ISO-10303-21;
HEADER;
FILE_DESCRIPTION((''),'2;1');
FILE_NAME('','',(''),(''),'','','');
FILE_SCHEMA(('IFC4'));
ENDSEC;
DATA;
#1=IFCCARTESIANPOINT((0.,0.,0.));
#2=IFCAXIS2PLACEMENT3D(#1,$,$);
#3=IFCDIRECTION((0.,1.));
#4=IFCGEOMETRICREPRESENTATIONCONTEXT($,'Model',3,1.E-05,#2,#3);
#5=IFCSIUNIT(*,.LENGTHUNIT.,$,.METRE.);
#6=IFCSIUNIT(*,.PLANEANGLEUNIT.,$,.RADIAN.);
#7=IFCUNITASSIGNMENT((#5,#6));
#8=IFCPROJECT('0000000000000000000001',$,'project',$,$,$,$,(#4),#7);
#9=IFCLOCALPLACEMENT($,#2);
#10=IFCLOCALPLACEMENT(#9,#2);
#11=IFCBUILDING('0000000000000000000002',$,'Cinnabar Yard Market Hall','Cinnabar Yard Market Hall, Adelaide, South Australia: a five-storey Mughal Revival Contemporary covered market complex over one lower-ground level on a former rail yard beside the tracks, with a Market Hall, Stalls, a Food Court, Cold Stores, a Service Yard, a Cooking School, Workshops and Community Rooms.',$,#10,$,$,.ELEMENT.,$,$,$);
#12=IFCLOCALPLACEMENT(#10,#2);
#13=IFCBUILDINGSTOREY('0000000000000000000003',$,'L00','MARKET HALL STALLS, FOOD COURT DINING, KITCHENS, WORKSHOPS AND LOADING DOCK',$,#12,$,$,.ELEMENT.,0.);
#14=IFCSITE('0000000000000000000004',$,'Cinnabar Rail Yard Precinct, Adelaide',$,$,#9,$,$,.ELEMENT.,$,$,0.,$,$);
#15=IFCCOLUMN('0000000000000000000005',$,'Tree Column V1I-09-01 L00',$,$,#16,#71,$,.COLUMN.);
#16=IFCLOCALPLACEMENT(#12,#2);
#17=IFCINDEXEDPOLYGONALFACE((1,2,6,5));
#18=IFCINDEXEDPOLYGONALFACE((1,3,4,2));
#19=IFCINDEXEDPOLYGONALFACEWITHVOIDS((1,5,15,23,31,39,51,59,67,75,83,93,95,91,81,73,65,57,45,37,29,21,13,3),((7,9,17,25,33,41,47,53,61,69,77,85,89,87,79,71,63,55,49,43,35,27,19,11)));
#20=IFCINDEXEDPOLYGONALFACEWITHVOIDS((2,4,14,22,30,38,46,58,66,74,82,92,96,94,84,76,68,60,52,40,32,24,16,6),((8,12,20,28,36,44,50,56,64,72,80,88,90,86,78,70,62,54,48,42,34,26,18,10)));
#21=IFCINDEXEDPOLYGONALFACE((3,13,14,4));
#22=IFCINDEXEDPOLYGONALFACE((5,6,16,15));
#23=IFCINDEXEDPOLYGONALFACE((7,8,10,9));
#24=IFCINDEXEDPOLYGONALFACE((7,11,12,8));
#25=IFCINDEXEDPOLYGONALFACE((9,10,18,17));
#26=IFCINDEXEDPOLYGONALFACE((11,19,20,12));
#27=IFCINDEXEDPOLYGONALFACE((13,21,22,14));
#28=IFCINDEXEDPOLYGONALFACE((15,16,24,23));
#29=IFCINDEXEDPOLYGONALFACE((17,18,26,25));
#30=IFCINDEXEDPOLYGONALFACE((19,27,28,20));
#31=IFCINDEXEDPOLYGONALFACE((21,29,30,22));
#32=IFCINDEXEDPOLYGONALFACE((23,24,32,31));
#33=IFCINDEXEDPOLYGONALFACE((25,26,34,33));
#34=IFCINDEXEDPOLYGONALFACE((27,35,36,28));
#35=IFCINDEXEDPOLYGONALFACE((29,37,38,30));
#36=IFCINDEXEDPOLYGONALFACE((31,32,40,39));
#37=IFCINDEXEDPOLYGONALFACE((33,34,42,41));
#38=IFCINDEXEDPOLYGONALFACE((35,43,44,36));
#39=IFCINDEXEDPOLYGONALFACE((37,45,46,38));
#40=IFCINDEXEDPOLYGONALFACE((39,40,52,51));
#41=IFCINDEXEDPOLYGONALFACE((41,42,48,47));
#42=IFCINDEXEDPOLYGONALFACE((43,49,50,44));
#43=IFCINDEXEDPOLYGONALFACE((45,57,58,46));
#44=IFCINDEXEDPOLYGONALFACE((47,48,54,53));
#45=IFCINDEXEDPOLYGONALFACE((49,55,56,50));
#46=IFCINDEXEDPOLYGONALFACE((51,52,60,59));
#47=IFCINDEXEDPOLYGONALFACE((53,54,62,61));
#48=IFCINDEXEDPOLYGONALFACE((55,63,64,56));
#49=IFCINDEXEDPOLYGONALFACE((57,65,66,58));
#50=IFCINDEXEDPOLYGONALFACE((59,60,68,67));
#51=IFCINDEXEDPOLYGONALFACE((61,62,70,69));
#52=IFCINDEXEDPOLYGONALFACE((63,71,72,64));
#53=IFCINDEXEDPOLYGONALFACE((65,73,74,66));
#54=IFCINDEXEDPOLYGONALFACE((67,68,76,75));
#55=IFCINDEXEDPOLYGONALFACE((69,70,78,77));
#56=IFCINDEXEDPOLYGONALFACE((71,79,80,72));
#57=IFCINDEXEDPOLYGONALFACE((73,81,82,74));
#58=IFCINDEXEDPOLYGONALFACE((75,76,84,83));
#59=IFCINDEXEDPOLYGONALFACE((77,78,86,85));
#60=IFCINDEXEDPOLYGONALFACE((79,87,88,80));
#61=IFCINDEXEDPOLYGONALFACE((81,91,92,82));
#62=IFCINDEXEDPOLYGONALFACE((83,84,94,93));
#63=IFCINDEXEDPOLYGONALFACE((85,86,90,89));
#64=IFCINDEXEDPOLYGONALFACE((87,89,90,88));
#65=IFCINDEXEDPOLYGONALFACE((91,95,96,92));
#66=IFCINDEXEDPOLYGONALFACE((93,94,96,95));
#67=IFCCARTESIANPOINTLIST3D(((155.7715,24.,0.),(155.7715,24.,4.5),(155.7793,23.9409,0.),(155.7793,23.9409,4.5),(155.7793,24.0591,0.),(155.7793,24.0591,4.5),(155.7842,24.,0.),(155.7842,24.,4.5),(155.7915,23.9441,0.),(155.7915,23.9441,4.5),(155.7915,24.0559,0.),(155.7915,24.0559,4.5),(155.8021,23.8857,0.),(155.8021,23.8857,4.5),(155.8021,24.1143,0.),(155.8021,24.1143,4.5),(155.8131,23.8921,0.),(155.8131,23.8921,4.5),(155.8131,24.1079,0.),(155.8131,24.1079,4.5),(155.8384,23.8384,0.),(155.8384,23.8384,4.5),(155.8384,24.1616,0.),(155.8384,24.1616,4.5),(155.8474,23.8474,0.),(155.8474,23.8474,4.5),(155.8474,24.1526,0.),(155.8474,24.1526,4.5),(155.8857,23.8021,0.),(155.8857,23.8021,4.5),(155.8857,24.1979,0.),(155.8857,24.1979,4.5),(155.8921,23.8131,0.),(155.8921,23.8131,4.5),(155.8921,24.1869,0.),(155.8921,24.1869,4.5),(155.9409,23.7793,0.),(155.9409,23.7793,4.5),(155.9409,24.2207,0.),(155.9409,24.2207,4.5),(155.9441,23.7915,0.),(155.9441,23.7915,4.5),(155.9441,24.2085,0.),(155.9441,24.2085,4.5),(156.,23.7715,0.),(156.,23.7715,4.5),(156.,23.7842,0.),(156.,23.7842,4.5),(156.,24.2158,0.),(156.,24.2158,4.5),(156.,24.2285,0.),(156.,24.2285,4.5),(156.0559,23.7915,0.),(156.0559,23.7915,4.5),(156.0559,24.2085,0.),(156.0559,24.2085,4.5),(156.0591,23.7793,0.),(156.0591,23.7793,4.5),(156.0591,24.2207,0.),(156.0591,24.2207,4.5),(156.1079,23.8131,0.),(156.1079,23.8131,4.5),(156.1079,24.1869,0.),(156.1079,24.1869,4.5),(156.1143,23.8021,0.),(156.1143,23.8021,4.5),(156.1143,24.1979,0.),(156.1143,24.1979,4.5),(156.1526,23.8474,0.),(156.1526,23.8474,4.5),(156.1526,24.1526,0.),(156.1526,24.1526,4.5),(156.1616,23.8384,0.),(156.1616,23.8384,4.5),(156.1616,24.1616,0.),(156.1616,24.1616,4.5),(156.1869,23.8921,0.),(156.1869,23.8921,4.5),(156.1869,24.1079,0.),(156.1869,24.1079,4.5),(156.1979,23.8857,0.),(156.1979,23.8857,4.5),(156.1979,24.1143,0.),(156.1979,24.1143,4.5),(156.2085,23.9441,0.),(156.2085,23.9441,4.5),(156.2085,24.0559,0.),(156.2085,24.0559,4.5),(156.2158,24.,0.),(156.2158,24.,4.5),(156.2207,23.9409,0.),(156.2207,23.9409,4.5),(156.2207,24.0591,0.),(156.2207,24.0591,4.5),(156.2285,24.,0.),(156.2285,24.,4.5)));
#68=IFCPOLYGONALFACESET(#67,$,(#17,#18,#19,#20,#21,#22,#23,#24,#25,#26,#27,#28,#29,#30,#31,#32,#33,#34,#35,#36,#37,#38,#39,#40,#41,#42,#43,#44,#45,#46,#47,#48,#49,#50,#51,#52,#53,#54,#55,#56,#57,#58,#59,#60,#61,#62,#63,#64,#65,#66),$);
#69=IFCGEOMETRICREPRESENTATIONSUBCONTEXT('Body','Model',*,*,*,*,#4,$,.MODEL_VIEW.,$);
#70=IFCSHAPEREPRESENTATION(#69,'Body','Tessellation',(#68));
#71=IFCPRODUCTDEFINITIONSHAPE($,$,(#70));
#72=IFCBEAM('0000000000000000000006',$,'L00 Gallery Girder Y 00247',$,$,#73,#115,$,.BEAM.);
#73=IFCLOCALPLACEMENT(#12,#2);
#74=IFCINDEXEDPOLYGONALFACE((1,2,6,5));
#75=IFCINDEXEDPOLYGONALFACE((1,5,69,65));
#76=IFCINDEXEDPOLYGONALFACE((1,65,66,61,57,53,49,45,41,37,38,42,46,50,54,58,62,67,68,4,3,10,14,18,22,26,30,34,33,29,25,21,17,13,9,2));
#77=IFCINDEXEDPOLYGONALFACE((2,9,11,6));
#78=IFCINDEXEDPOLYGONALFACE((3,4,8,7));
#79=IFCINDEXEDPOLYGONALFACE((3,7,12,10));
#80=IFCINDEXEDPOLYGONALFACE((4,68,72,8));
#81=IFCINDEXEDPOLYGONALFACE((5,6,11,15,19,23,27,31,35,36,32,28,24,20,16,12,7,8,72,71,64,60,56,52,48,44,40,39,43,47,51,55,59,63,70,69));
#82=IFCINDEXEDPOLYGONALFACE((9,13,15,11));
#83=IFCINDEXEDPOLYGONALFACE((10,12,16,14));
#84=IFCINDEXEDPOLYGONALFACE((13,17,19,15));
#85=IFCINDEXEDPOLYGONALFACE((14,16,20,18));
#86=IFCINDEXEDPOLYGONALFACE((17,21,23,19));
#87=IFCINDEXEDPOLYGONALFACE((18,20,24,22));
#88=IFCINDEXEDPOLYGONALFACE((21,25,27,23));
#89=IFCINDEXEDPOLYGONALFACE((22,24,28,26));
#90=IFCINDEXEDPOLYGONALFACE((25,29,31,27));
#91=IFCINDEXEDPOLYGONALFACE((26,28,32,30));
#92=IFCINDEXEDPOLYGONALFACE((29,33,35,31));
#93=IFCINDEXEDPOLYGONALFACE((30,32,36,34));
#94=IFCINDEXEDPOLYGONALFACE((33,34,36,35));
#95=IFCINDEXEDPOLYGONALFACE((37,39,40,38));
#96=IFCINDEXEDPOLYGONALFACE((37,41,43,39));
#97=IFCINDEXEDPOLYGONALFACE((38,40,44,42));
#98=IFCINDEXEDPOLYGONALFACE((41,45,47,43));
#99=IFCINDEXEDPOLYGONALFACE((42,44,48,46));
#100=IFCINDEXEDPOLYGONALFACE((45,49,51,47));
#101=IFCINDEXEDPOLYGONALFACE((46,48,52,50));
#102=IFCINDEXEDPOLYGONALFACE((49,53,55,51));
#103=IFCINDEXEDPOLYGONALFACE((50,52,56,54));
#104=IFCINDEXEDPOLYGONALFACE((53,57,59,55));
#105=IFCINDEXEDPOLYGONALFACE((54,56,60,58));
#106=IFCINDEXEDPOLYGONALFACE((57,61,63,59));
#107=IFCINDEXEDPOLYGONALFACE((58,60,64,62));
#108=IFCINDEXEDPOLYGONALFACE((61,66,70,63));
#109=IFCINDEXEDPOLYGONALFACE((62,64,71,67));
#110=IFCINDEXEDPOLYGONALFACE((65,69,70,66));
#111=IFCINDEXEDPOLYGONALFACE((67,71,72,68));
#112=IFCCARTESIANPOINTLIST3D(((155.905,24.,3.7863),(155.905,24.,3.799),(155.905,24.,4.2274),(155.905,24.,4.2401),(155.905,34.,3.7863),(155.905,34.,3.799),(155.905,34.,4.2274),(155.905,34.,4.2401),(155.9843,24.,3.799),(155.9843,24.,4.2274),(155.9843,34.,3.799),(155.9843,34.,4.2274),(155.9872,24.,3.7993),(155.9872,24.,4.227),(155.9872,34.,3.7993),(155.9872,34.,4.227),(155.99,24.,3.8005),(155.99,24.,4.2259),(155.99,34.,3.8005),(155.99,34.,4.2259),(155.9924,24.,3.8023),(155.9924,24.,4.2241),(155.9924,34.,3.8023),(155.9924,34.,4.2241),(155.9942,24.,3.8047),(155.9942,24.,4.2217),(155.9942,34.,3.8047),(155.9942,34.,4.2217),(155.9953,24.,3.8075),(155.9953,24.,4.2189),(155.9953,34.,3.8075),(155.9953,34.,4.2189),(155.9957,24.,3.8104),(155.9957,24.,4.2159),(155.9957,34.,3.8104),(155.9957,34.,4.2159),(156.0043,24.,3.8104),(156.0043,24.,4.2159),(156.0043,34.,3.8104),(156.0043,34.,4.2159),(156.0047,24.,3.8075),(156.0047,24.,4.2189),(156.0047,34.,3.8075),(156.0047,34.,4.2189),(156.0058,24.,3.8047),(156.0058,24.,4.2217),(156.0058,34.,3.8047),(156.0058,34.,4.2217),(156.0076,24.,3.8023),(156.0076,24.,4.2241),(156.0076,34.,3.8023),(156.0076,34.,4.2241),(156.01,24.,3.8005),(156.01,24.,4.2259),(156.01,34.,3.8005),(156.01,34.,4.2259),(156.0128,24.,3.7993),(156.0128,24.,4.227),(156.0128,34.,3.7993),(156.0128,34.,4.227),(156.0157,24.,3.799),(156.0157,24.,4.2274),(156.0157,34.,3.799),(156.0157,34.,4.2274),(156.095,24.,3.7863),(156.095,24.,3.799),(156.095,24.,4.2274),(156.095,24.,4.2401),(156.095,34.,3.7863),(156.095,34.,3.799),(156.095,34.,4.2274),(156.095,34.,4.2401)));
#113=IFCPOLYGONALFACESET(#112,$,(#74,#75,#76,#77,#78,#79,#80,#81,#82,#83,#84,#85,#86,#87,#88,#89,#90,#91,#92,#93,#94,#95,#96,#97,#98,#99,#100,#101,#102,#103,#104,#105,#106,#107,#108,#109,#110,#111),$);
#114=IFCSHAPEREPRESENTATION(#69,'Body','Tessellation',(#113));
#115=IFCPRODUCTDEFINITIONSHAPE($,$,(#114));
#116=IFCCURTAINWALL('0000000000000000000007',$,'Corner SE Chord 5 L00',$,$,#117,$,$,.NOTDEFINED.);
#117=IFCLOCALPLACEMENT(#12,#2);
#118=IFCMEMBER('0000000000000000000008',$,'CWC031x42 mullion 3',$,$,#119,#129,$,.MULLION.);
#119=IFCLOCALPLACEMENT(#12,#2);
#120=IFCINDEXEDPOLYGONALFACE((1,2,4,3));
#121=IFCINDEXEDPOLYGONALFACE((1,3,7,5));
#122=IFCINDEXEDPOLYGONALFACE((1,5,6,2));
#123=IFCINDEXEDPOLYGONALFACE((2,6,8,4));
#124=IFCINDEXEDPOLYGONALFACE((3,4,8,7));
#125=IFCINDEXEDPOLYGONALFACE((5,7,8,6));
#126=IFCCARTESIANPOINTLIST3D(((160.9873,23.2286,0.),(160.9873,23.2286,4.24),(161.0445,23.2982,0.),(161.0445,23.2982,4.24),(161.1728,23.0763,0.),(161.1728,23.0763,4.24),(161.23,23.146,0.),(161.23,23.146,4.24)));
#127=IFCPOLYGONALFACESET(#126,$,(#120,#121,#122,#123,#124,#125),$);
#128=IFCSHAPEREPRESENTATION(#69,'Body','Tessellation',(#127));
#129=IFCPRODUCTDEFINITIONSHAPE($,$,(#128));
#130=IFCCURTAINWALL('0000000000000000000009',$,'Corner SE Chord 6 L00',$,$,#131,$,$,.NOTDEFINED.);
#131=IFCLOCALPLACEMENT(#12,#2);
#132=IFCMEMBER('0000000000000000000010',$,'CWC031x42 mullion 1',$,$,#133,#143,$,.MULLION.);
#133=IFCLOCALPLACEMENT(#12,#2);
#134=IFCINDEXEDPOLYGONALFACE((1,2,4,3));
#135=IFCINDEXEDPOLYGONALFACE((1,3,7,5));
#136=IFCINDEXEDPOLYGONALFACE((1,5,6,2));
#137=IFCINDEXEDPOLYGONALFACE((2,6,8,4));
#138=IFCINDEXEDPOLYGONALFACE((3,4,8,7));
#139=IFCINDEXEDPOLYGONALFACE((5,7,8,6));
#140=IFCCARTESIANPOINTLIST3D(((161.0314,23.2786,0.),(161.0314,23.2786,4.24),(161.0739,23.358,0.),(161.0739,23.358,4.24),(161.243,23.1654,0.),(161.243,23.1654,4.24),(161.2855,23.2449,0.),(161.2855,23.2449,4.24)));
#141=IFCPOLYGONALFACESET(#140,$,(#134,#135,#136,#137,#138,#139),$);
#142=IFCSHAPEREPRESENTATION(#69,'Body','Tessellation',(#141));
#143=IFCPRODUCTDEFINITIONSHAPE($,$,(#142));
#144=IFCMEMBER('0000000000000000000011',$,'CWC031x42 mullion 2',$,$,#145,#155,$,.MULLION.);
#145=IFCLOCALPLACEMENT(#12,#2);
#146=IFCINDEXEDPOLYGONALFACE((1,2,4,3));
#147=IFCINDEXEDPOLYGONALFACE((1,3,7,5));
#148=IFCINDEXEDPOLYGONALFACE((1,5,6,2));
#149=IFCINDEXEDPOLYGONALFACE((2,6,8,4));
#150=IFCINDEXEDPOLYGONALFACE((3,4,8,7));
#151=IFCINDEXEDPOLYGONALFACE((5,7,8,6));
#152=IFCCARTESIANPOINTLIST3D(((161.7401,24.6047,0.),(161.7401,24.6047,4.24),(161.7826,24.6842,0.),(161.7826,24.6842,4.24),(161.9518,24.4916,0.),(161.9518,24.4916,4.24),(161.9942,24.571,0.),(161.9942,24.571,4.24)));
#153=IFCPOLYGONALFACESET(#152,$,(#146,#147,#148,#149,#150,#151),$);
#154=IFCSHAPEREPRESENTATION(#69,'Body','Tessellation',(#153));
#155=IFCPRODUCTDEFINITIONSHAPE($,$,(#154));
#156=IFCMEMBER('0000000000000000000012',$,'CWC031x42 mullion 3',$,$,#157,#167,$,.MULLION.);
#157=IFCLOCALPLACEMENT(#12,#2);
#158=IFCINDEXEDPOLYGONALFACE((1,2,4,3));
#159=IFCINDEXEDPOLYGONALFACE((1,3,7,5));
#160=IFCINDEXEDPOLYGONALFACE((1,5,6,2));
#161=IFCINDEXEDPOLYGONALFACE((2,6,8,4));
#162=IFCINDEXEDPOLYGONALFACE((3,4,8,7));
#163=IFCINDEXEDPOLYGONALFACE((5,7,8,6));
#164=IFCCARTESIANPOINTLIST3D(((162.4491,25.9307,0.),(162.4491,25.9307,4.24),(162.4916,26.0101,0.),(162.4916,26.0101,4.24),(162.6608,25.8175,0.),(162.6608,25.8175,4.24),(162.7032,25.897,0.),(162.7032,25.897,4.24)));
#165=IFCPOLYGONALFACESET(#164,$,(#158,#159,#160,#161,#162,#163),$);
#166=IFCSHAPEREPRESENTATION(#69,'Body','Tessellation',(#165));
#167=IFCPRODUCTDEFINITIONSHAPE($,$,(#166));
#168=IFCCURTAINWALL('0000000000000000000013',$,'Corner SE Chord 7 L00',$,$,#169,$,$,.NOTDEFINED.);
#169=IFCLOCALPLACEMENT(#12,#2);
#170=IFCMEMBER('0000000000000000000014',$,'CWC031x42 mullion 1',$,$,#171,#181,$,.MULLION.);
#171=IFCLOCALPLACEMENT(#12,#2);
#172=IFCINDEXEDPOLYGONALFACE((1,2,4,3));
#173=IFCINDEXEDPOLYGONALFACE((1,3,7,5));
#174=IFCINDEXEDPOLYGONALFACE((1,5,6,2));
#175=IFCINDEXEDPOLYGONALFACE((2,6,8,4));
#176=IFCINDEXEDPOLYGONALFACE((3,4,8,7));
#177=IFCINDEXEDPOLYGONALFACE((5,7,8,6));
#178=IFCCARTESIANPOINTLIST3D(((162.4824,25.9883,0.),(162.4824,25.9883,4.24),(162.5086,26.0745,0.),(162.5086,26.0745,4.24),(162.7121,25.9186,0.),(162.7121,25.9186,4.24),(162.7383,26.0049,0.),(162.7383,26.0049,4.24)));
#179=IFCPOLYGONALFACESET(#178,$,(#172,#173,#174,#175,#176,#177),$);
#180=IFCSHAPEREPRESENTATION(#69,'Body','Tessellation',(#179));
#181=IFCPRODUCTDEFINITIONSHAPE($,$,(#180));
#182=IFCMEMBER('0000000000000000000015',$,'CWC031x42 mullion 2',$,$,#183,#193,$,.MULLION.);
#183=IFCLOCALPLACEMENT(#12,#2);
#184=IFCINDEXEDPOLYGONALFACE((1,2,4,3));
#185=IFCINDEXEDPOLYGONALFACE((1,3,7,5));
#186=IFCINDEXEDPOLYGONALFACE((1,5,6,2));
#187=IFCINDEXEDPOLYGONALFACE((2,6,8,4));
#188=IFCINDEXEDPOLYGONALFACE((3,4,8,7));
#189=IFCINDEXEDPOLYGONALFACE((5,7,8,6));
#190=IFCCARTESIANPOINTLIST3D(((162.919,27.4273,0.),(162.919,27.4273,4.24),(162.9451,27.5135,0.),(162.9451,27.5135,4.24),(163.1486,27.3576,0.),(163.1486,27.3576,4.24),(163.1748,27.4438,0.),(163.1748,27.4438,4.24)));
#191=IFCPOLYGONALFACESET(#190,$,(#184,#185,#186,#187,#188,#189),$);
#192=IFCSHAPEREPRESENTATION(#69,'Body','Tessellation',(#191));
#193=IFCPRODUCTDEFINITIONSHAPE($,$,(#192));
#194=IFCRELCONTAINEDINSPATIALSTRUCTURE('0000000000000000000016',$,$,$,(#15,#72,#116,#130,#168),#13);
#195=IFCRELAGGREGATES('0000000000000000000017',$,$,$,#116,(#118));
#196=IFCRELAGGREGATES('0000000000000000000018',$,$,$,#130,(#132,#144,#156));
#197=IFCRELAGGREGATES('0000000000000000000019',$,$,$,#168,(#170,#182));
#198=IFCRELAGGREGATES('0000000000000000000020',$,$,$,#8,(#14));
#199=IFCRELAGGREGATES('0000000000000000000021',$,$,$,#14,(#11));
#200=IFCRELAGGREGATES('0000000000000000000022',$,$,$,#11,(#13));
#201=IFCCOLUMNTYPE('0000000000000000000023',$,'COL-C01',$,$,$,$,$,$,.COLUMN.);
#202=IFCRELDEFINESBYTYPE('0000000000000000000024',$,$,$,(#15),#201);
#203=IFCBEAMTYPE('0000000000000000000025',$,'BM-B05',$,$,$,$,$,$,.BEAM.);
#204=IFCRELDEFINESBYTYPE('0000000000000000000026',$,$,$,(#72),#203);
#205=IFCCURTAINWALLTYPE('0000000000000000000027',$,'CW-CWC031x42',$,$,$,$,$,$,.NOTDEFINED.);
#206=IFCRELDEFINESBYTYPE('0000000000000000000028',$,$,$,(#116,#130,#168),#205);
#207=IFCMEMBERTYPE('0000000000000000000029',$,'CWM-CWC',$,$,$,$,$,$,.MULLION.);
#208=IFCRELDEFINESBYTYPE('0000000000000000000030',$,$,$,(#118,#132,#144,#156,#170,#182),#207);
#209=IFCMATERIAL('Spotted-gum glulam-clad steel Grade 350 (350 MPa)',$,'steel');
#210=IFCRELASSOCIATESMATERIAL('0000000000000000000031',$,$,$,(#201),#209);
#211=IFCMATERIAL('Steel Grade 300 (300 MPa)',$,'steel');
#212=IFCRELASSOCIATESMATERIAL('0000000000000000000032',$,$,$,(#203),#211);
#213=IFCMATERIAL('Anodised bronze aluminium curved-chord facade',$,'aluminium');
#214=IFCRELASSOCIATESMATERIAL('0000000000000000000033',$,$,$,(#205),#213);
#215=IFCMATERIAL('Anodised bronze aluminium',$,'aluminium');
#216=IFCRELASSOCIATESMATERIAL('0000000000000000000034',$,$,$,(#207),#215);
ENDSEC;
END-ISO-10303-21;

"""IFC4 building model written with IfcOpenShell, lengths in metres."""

from ifc_helpers import new_model, si_unit, direction, frame, origin, origin_2d_with_axis, place, context, subcontext, project, spatial, rectangle, hollow_circle, i_section, extrude, material, material_profile, profile_set, type_object, element, aggregate, save


model = new_model("IFC4")

# Units and contexts
model_context = context("Model", 3, precision=1e-05, world=origin(), true_north=direction((0.0, 1.0)))
body_context = subcontext(model_context, "Body", "Model", "MODEL_VIEW")
ifc_project = project(units=[si_unit("LENGTHUNIT", "METRE"), si_unit("PLANEANGLEUNIT", "RADIAN")], contexts=[model_context])

# Site, building, storey
site_placement = place(None, origin())
site = spatial("IfcSite", under=ifc_project, at=site_placement, Name="Cinnabar Rail Yard Precinct, Adelaide", CompositionType="ELEMENT", RefElevation=0.0)
building_placement = place(site_placement, origin())
building = spatial("IfcBuilding", under=site, at=building_placement, Name="Cinnabar Yard Market Hall", Description="Cinnabar Yard Market Hall, Adelaide, South Australia: a five-storey Mughal Revival Contemporary covered market complex over one lower-ground level on a former rail yard beside the tracks, with a Market Hall, Stalls, a Food Court, Cold Stores, a Service Yard, a Cooking School, Workshops and Community Rooms.", CompositionType="ELEMENT")
storey_placement = place(building_placement, origin())
storey = spatial("IfcBuildingStorey", under=building, at=storey_placement, Name="L00", Description="MARKET HALL STALLS, FOOD COURT DINING, KITCHENS, WORKSHOPS AND LOADING DOCK", CompositionType="ELEMENT", Elevation=0.0)

# Column
ifc_material_1 = material(Name="Spotted-gum glulam-clad steel Grade 350 (350 MPa)", Category="steel")
ifc_material_profile_1 = material_profile(ifc_material_1, hollow_circle(Radius=0.2285, WallThickness=0.0127, at=origin_2d_with_axis()), Name="457.0x12.7CHS")
ifc_profile_set_1 = profile_set([ifc_material_profile_1], Name="Spotted-gum glulam-clad steel Grade 350 (350 MPa)")
column_type = type_object("IfcColumnType", Name="COL-C01", PredefinedType="COLUMN", material=ifc_profile_set_1)
column_placement = place(storey_placement, frame((156.0, 24.0, 0.0), z_axis=(0.0, 0.0, 1.0), x_axis=(1.0, 0.0, 0.0)))
element("IfcColumn", 1, at=column_placement, inside=storey, type_object=column_type, Name="Tree Column V1I-09-01 L00", PredefinedType="COLUMN", context=body_context, shape_type="SweptSolid", body=[
    extrude(hollow_circle(Radius=0.2285, WallThickness=0.0127, at=origin_2d_with_axis()), origin(), (0.0, 0.0, 1.0), 4.5),
])

# Beam
ifc_material_2 = material(Name="Steel Grade 300 (300 MPa)", Category="steel")
ifc_material_profile_2 = material_profile(ifc_material_2, i_section(OverallWidth=0.1899, OverallDepth=0.4539, WebThickness=0.0085, FlangeThickness=0.0127, FilletRadius=0.0115, at=origin_2d_with_axis()), Name="460UB67.1")
ifc_profile_set_2 = profile_set([ifc_material_profile_2], Name="Steel Grade 300 (300 MPa)")
beam_type = type_object("IfcBeamType", Name="BM-B05", PredefinedType="BEAM", material=ifc_profile_set_2)
beam_placement = place(storey_placement, frame((156.0, 24.0, 4.0132), z_axis=(0.0, 1.0, 0.0), x_axis=(-1.0, 0.0, 0.0)))
element("IfcBeam", 2, at=beam_placement, inside=storey, type_object=beam_type, Name="L00 Gallery Girder Y 00247", PredefinedType="BEAM", context=body_context, shape_type="SweptSolid", body=[
    extrude(i_section(OverallWidth=0.1899, OverallDepth=0.4539, WebThickness=0.0085, FlangeThickness=0.0127, FilletRadius=0.0115, at=origin_2d_with_axis()), origin(), (0.0, 0.0, 1.0), 10.0),
])

# Curtain wall, member
ifc_material_3 = material(Name="Anodised bronze aluminium curved-chord facade", Category="aluminium")
curtain_wall_type = type_object("IfcCurtainWallType", Name="CW-CWC031x42", PredefinedType="NOTDEFINED", material=ifc_material_3)
curtain_wall_1_placement = place(storey_placement, origin())
curtain_wall_1 = element("IfcCurtainWall", 3, at=curtain_wall_1_placement, inside=storey, type_object=curtain_wall_type, Name="Corner SE Chord 5 L00", PredefinedType="NOTDEFINED")
ifc_material_4 = material(Name="Anodised bronze aluminium", Category="aluminium")
ifc_material_profile_3 = material_profile(ifc_material_4, rectangle(XDim=0.24, YDim=0.0901, at=origin_2d_with_axis()), Name="MUL-CWC")
ifc_profile_set_3 = profile_set([ifc_material_profile_3], Name="Anodised bronze aluminium")
member_type_1 = type_object("IfcMemberType", Name="CWM-CWC", PredefinedType="MULLION", material=ifc_profile_set_3)
member_1_placement = place(storey_placement, frame((161.1086, 23.1873, 0.0), z_axis=(0.0, 0.0, 1.0), x_axis=(-0.773019, 0.634383, 0.0)))
member_1 = element("IfcMember", 4, at=member_1_placement, type_object=member_type_1, Name="CWC031x42 mullion 3", PredefinedType="MULLION", context=body_context, shape_type="SweptSolid", body=[
    extrude(rectangle(XDim=0.24, YDim=0.0901, at=origin_2d_with_axis()), origin(), (0.0, 0.0, 1.0), 4.24),
])

# Curtain walls, members
curtain_wall_2_placement = place(storey_placement, origin())
curtain_wall_2 = element("IfcCurtainWall", 5, at=curtain_wall_2_placement, inside=storey, type_object=curtain_wall_type, Name="Corner SE Chord 6 L00", PredefinedType="NOTDEFINED")
member_2_placement = place(storey_placement, frame((161.1584, 23.2617, 0.0), z_axis=(0.0, 0.0, 1.0), x_axis=(-0.881917, 0.471404, 0.0)))
member_2 = element("IfcMember", 6, at=member_2_placement, type_object=member_type_1, Name="CWC031x42 mullion 1", PredefinedType="MULLION", context=body_context, shape_type="SweptSolid", body=[
    extrude(rectangle(XDim=0.24, YDim=0.0901, at=origin_2d_with_axis()), origin(), (0.0, 0.0, 1.0), 4.24),
])
member_3_placement = place(storey_placement, frame((161.8672, 24.5879, 0.0), z_axis=(0.0, 0.0, 1.0), x_axis=(-0.881917, 0.471404, 0.0)))
member_3 = element("IfcMember", 7, at=member_3_placement, type_object=member_type_1, Name="CWC031x42 mullion 2", PredefinedType="MULLION", context=body_context, shape_type="SweptSolid", body=[
    extrude(rectangle(XDim=0.24, YDim=0.0901, at=origin_2d_with_axis()), origin(), (0.0, 0.0, 1.0), 4.24),
])
member_4_placement = place(storey_placement, frame((162.5762, 25.9138, 0.0), z_axis=(0.0, 0.0, 1.0), x_axis=(-0.881917, 0.471404, 0.0)))
member_4 = element("IfcMember", 8, at=member_4_placement, type_object=member_type_1, Name="CWC031x42 mullion 3", PredefinedType="MULLION", context=body_context, shape_type="SweptSolid", body=[
    extrude(rectangle(XDim=0.24, YDim=0.0901, at=origin_2d_with_axis()), origin(), (0.0, 0.0, 1.0), 4.24),
])
curtain_wall_3_placement = place(storey_placement, origin())
curtain_wall_3 = element("IfcCurtainWall", 9, at=curtain_wall_3_placement, inside=storey, type_object=curtain_wall_type, Name="Corner SE Chord 7 L00", PredefinedType="NOTDEFINED")
member_5_placement = place(storey_placement, frame((162.6104, 25.9966, 0.0), z_axis=(0.0, 0.0, 1.0), x_axis=(-0.956942, 0.290279, 0.0)))
member_5 = element("IfcMember", 10, at=member_5_placement, type_object=member_type_1, Name="CWC031x42 mullion 1", PredefinedType="MULLION", context=body_context, shape_type="SweptSolid", body=[
    extrude(rectangle(XDim=0.24, YDim=0.0901, at=origin_2d_with_axis()), origin(), (0.0, 0.0, 1.0), 4.24),
])
member_6_placement = place(storey_placement, frame((163.0469, 27.4355, 0.0), z_axis=(0.0, 0.0, 1.0), x_axis=(-0.956942, 0.290279, 0.0)))
member_6 = element("IfcMember", 11, at=member_6_placement, type_object=member_type_1, Name="CWC031x42 mullion 2", PredefinedType="MULLION", context=body_context, shape_type="SweptSolid", body=[
    extrude(rectangle(XDim=0.24, YDim=0.0901, at=origin_2d_with_axis()), origin(), (0.0, 0.0, 1.0), 4.24),
])

aggregate(curtain_wall_1, [member_1])
aggregate(curtain_wall_2, [member_2, member_3, member_4])
aggregate(curtain_wall_3, [member_5, member_6])

save(model, "model.ifc")
